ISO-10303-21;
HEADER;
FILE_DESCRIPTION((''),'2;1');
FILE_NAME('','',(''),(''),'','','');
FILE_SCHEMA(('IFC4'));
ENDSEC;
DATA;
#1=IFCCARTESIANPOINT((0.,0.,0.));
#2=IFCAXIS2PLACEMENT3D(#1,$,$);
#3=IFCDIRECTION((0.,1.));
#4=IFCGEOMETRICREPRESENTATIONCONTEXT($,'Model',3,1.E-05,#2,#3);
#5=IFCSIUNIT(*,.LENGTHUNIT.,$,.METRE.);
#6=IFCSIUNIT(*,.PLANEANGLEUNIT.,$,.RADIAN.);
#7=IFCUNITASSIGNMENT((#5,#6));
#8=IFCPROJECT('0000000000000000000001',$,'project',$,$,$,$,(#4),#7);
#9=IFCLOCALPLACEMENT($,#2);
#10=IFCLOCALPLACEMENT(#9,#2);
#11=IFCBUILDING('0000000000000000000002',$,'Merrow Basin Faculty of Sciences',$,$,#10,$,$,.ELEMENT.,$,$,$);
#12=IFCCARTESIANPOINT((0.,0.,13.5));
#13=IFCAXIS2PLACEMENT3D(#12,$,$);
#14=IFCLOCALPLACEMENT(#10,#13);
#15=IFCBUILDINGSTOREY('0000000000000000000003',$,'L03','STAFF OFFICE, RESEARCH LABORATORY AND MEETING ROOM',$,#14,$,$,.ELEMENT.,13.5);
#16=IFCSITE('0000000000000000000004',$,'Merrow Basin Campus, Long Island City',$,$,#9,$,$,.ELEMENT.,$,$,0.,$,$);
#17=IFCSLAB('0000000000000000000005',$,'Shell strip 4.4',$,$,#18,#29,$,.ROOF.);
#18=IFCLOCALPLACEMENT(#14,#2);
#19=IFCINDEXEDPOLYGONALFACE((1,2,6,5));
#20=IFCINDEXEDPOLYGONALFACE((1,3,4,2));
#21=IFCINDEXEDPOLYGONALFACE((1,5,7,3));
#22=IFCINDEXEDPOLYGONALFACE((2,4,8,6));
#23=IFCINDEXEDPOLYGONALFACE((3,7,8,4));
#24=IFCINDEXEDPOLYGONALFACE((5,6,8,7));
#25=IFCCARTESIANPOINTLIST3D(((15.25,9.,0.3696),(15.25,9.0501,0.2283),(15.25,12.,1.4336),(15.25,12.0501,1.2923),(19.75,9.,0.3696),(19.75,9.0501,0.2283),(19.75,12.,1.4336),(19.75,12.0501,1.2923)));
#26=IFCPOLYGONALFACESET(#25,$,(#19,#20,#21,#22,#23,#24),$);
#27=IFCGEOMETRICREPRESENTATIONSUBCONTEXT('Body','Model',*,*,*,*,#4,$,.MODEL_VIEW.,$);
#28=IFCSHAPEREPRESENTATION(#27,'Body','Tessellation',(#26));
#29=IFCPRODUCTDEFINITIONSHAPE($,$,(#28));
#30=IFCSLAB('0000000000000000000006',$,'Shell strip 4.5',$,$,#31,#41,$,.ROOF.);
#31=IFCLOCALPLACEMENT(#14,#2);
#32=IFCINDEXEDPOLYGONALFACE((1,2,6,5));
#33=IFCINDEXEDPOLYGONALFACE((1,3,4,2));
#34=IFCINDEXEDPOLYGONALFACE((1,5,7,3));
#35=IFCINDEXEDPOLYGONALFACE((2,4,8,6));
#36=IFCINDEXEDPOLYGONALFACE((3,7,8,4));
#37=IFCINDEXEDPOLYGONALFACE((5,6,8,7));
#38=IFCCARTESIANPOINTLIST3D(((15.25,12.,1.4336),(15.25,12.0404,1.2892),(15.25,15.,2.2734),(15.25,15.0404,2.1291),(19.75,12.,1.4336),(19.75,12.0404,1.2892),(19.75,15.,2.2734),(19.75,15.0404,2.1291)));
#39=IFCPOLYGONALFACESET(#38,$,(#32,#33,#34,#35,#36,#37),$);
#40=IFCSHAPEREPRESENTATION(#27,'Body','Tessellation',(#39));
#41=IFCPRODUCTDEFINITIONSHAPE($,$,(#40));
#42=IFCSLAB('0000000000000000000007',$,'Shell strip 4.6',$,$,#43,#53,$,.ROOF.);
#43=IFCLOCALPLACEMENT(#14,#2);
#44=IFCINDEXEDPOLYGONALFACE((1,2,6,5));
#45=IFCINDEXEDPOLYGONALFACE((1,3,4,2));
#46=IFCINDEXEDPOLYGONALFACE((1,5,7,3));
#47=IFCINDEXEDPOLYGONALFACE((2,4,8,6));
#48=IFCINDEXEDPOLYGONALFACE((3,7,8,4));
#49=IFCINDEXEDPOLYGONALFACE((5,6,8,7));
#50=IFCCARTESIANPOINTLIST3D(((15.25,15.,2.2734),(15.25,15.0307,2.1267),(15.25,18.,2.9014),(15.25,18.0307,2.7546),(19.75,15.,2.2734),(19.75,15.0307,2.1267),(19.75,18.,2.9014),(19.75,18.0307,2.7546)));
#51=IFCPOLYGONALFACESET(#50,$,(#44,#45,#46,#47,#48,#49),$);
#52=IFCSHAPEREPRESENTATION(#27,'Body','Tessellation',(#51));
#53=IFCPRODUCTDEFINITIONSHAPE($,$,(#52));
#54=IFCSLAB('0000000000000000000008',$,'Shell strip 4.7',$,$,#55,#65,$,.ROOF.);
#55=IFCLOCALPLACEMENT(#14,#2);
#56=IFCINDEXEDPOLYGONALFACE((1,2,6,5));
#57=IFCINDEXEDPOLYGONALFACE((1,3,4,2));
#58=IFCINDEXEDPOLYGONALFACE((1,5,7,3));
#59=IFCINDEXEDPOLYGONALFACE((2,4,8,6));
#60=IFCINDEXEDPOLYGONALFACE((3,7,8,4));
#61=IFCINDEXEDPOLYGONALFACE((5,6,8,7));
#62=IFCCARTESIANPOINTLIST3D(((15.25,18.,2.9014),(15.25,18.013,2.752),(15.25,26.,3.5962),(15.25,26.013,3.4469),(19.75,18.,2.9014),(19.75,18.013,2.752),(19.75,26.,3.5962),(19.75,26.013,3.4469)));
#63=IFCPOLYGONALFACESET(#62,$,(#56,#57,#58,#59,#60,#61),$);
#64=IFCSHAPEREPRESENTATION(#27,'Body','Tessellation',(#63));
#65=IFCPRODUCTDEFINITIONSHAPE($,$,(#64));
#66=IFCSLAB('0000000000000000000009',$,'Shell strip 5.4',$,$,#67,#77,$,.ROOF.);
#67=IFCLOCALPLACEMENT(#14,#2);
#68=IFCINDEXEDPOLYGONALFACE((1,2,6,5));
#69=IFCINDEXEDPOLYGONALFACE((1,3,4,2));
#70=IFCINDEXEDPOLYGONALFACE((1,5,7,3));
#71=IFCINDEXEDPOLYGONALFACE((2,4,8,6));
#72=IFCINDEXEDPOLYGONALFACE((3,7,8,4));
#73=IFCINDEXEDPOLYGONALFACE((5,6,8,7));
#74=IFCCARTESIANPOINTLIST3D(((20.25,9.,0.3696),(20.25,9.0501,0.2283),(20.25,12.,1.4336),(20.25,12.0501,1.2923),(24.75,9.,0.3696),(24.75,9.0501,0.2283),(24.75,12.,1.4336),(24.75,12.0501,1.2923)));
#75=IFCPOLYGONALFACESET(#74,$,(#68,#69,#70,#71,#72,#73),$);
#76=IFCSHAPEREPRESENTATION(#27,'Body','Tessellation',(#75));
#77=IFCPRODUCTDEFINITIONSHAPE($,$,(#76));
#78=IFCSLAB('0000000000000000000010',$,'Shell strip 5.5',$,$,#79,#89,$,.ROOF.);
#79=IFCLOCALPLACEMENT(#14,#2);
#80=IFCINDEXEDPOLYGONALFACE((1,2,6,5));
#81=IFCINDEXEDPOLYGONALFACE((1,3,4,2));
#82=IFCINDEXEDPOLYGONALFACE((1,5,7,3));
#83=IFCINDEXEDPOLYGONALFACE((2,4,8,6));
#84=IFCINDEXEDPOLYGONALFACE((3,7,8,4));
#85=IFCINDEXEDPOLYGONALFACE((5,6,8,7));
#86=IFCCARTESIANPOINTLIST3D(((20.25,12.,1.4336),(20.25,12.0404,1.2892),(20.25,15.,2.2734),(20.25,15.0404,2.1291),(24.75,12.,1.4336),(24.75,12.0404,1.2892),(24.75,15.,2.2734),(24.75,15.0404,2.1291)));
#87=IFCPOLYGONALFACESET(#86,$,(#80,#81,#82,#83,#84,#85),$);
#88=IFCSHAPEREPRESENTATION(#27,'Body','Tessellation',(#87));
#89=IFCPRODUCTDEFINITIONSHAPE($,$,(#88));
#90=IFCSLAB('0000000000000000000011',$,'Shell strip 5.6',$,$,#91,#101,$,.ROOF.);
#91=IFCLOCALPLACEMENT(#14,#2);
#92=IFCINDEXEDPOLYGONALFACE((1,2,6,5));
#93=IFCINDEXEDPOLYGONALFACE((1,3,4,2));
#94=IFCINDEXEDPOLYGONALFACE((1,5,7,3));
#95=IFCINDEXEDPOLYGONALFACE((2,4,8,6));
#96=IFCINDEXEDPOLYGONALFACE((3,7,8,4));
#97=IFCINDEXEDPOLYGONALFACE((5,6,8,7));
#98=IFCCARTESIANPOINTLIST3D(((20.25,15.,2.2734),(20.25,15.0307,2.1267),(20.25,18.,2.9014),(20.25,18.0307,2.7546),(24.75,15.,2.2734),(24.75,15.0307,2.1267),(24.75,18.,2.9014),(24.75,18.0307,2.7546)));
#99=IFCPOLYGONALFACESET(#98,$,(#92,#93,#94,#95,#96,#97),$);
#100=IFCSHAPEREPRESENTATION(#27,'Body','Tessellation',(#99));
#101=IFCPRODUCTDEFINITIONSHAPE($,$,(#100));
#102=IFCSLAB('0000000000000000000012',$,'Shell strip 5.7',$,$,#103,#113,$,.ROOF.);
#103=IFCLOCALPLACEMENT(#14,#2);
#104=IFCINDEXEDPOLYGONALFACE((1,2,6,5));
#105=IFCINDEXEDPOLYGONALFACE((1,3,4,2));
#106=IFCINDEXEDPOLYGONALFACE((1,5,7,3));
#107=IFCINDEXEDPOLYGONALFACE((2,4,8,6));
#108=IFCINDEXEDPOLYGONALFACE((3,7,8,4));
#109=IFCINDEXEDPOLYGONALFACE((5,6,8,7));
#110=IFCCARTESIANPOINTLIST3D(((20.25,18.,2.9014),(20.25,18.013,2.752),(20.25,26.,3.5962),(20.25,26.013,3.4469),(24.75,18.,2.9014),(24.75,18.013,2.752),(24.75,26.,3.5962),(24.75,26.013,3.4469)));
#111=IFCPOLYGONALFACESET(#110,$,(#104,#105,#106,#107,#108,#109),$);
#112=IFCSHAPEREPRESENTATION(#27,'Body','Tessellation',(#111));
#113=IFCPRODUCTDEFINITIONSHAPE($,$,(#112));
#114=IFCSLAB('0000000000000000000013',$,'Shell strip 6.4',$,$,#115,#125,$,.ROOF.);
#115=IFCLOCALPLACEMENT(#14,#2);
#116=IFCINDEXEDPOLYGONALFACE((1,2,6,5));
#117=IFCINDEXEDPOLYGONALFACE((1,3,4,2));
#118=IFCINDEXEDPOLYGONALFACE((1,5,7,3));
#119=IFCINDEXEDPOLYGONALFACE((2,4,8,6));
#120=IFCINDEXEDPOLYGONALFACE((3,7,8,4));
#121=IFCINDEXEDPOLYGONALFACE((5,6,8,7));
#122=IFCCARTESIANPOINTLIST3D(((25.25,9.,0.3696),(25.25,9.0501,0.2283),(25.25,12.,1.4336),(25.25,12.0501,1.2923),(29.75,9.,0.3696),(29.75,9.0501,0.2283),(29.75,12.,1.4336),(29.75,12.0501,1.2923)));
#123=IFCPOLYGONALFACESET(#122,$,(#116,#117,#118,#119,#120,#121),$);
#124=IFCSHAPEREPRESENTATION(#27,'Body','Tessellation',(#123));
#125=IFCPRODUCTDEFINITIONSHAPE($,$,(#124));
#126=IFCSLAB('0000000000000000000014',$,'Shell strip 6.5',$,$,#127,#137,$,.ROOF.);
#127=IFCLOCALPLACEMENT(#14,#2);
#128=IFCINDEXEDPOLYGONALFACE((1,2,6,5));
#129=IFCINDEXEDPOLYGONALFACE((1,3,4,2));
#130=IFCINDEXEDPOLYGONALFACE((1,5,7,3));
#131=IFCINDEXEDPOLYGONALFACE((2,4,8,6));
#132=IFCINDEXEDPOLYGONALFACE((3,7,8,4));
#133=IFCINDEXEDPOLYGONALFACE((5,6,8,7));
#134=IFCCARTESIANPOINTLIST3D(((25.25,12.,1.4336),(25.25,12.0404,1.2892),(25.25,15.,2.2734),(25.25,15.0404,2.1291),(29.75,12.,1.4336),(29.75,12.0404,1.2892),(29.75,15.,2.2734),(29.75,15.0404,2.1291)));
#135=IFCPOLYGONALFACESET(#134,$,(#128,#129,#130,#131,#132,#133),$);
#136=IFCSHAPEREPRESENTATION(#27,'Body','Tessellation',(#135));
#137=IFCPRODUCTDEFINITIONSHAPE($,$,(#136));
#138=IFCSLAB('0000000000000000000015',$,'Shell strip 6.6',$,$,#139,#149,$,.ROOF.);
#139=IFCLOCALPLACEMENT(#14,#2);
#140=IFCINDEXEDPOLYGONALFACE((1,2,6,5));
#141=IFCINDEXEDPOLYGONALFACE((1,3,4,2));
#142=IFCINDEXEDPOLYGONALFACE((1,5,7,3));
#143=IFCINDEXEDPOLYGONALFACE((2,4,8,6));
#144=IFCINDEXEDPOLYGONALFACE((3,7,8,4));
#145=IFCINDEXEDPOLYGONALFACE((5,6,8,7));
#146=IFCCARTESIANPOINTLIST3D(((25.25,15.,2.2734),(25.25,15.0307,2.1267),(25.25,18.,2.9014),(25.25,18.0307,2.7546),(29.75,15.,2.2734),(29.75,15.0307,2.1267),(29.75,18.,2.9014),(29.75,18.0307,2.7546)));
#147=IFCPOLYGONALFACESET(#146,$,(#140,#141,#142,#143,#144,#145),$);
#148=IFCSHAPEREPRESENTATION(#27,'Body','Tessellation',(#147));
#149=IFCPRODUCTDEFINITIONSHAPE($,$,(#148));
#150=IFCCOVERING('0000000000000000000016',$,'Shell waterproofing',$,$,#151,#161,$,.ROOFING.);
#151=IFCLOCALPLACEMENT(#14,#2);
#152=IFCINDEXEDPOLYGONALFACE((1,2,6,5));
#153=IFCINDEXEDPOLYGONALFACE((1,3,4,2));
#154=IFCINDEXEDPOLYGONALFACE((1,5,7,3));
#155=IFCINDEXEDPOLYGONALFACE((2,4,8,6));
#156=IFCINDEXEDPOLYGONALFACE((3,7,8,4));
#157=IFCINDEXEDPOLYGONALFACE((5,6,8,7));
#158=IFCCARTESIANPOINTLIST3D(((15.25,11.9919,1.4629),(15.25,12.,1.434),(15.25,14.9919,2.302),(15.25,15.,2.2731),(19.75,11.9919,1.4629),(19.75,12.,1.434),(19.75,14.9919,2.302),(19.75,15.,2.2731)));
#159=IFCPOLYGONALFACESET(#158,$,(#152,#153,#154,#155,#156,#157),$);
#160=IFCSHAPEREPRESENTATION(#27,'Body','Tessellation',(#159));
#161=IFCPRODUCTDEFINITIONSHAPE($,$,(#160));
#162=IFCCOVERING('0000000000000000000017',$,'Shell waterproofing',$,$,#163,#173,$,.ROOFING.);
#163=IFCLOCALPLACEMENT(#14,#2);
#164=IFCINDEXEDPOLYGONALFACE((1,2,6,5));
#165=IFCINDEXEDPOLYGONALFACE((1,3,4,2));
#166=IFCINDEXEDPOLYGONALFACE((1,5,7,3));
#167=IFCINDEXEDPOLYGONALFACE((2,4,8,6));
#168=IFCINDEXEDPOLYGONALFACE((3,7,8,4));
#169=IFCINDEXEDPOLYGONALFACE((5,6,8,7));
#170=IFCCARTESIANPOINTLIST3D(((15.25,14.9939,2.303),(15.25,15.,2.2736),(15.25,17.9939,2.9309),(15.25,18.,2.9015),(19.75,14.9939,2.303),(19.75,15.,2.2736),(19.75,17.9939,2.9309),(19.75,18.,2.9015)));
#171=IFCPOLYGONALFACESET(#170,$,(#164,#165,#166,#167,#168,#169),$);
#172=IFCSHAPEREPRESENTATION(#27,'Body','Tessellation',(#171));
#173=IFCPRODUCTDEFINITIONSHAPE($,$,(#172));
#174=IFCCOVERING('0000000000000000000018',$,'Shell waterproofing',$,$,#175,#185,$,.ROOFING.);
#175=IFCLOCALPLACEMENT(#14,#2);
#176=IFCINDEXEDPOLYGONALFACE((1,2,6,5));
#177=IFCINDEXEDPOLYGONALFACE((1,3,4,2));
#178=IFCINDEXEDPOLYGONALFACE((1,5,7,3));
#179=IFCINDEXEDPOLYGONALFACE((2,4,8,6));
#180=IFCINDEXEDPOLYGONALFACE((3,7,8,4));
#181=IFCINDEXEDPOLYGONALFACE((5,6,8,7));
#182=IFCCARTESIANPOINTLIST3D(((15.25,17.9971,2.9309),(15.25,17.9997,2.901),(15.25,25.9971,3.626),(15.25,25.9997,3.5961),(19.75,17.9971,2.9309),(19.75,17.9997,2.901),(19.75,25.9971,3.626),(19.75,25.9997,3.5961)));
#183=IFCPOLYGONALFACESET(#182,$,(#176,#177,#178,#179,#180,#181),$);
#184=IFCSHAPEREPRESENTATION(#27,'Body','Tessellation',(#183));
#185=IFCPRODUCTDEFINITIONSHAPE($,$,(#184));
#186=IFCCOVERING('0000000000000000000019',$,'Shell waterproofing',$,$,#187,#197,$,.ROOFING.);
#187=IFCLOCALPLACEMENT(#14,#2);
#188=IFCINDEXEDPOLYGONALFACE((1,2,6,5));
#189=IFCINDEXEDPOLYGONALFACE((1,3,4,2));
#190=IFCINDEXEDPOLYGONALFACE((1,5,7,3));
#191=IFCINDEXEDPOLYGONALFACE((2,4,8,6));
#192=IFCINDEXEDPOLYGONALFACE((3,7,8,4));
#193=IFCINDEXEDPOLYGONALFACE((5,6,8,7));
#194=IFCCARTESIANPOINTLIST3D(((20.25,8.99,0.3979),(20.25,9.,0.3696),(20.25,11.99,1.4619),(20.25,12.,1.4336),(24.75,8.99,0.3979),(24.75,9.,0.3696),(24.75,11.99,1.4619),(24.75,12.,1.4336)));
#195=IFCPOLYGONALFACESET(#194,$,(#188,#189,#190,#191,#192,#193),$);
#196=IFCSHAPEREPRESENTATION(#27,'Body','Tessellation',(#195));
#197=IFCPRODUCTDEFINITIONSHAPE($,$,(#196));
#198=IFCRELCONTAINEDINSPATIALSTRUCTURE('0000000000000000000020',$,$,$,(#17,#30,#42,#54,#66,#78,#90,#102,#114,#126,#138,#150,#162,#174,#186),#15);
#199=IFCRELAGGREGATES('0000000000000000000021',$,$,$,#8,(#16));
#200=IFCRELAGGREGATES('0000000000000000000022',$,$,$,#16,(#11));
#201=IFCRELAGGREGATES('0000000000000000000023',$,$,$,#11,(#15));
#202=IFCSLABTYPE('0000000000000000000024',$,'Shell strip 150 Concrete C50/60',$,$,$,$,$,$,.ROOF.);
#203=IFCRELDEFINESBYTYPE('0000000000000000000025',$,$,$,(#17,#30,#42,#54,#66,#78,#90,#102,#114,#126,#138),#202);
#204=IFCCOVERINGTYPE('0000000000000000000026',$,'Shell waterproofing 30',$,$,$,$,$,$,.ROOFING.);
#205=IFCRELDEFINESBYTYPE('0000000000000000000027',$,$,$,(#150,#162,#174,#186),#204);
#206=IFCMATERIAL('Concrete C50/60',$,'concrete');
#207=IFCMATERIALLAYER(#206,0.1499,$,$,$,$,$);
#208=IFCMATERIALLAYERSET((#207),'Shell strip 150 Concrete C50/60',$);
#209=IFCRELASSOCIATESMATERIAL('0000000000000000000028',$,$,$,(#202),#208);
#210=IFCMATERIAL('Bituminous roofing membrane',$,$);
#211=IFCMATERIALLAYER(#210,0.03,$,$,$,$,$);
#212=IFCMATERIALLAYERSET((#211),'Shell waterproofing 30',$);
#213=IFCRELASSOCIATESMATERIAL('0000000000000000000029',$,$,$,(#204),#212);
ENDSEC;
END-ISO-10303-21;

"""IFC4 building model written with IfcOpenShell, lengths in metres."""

from ifc_helpers import new_model, si_unit, direction, frame, origin, place, context, subcontext, project, spatial, polyline, outline, extrude, material, layer, layer_set, type_object, element, save


model = new_model("IFC4")

# Units and contexts
model_context = context("Model", 3, precision=1e-05, world=origin(), true_north=direction((0.0, 1.0)))
body_context = subcontext(model_context, "Body", "Model", "MODEL_VIEW")
ifc_project = project(units=[si_unit("LENGTHUNIT", "METRE"), si_unit("PLANEANGLEUNIT", "RADIAN")], contexts=[model_context])

# Site, building, storey
site_placement = place(None, origin())
site = spatial("IfcSite", under=ifc_project, at=site_placement, Name="Merrow Basin Campus, Long Island City", CompositionType="ELEMENT", RefElevation=0.0)
building_placement = place(site_placement, origin())
building = spatial("IfcBuilding", under=site, at=building_placement, Name="Merrow Basin Faculty of Sciences", CompositionType="ELEMENT")
storey_placement = place(building_placement, frame((0.0, 0.0, 13.5)))
storey = spatial("IfcBuildingStorey", under=building, at=storey_placement, Name="L03", Description="STAFF OFFICE, RESEARCH LABORATORY AND MEETING ROOM", CompositionType="ELEMENT", Elevation=13.5)

# Slabs
ifc_material_1 = material(Name="Concrete C50/60", Category="concrete")
ifc_layer_1 = layer(ifc_material_1, 0.1499)
ifc_layer_set_1 = layer_set([ifc_layer_1], Name="Shell strip 150 Concrete C50/60")
slab_type = type_object("IfcSlabType", Name="Shell strip 150 Concrete C50/60", PredefinedType="ROOF", material=ifc_layer_set_1)
slab_1_placement = place(storey_placement, frame((15.25, 9.0, 0.3696), z_axis=(0.0, -0.334256, 0.942482), x_axis=(1.0, 0.0, 0.0)))
element("IfcSlab", 1, at=slab_1_placement, inside=storey, type_object=slab_type, Name="Shell strip 4.4", PredefinedType="ROOF", context=body_context, shape_type="SweptSolid", body=[
    extrude(outline(polyline([(0.0, 0.0), (4.5, 0.0), (4.5, 3.1831), (0.0, 3.1831), (0.0, 0.0)])), origin(), (0.0, 0.0, -1.0), 0.1499),
])
slab_2_placement = place(storey_placement, frame((15.25, 12.0, 1.4336), z_axis=(0.0, -0.269583, 0.962977), x_axis=(1.0, 0.0, 0.0)))
element("IfcSlab", 2, at=slab_2_placement, inside=storey, type_object=slab_type, Name="Shell strip 4.5", PredefinedType="ROOF", context=body_context, shape_type="SweptSolid", body=[
    extrude(outline(polyline([(0.0, 0.0), (4.5, 0.0), (4.5, 3.1153), (0.0, 3.1153), (0.0, 0.0)])), origin(), (0.0, 0.0, -1.0), 0.1499),
])
slab_3_placement = place(storey_placement, frame((15.25, 15.0, 2.2734), z_axis=(0.0, -0.20487, 0.978789), x_axis=(1.0, 0.0, 0.0)))
element("IfcSlab", 3, at=slab_3_placement, inside=storey, type_object=slab_type, Name="Shell strip 4.6", PredefinedType="ROOF", context=body_context, shape_type="SweptSolid", body=[
    extrude(outline(polyline([(0.0, 0.0), (4.5, 0.0), (4.5, 3.065), (0.0, 3.065), (0.0, 0.0)])), origin(), (0.0, 0.0, -1.0), 0.1499),
])
slab_4_placement = place(storey_placement, frame((15.25, 18.0, 2.9014), z_axis=(0.0, -0.086527, 0.996249), x_axis=(1.0, 0.0, 0.0)))
element("IfcSlab", 4, at=slab_4_placement, inside=storey, type_object=slab_type, Name="Shell strip 4.7", PredefinedType="ROOF", context=body_context, shape_type="SweptSolid", body=[
    extrude(outline(polyline([(0.0, 0.0), (4.5, 0.0), (4.5, 8.0301), (0.0, 8.0301), (0.0, 0.0)])), origin(), (0.0, 0.0, -1.0), 0.1499),
])
slab_5_placement = place(storey_placement, frame((20.25, 9.0, 0.3696), z_axis=(0.0, -0.334256, 0.942482), x_axis=(1.0, 0.0, 0.0)))
element("IfcSlab", 5, at=slab_5_placement, inside=storey, type_object=slab_type, Name="Shell strip 5.4", PredefinedType="ROOF", context=body_context, shape_type="SweptSolid", body=[
    extrude(outline(polyline([(0.0, 0.0), (4.5, 0.0), (4.5, 3.1831), (0.0, 3.1831), (0.0, 0.0)])), origin(), (0.0, 0.0, -1.0), 0.1499),
])
slab_6_placement = place(storey_placement, frame((20.25, 12.0, 1.4336), z_axis=(0.0, -0.269583, 0.962977), x_axis=(1.0, 0.0, 0.0)))
element("IfcSlab", 6, at=slab_6_placement, inside=storey, type_object=slab_type, Name="Shell strip 5.5", PredefinedType="ROOF", context=body_context, shape_type="SweptSolid", body=[
    extrude(outline(polyline([(0.0, 0.0), (4.5, 0.0), (4.5, 3.1153), (0.0, 3.1153), (0.0, 0.0)])), origin(), (0.0, 0.0, -1.0), 0.1499),
])
slab_7_placement = place(storey_placement, frame((20.25, 15.0, 2.2734), z_axis=(0.0, -0.20487, 0.978789), x_axis=(1.0, 0.0, 0.0)))
element("IfcSlab", 7, at=slab_7_placement, inside=storey, type_object=slab_type, Name="Shell strip 5.6", PredefinedType="ROOF", context=body_context, shape_type="SweptSolid", body=[
    extrude(outline(polyline([(0.0, 0.0), (4.5, 0.0), (4.5, 3.065), (0.0, 3.065), (0.0, 0.0)])), origin(), (0.0, 0.0, -1.0), 0.1499),
])
slab_8_placement = place(storey_placement, frame((20.25, 18.0, 2.9014), z_axis=(0.0, -0.086527, 0.996249), x_axis=(1.0, 0.0, 0.0)))
element("IfcSlab", 8, at=slab_8_placement, inside=storey, type_object=slab_type, Name="Shell strip 5.7", PredefinedType="ROOF", context=body_context, shape_type="SweptSolid", body=[
    extrude(outline(polyline([(0.0, 0.0), (4.5, 0.0), (4.5, 8.0301), (0.0, 8.0301), (0.0, 0.0)])), origin(), (0.0, 0.0, -1.0), 0.1499),
])
slab_9_placement = place(storey_placement, frame((25.25, 9.0, 0.3696), z_axis=(0.0, -0.334256, 0.942482), x_axis=(1.0, 0.0, 0.0)))
element("IfcSlab", 9, at=slab_9_placement, inside=storey, type_object=slab_type, Name="Shell strip 6.4", PredefinedType="ROOF", context=body_context, shape_type="SweptSolid", body=[
    extrude(outline(polyline([(0.0, 0.0), (4.5, 0.0), (4.5, 3.1831), (0.0, 3.1831), (0.0, 0.0)])), origin(), (0.0, 0.0, -1.0), 0.1499),
])
slab_10_placement = place(storey_placement, frame((25.25, 12.0, 1.4336), z_axis=(0.0, -0.269583, 0.962977), x_axis=(1.0, 0.0, 0.0)))
element("IfcSlab", 10, at=slab_10_placement, inside=storey, type_object=slab_type, Name="Shell strip 6.5", PredefinedType="ROOF", context=body_context, shape_type="SweptSolid", body=[
    extrude(outline(polyline([(0.0, 0.0), (4.5, 0.0), (4.5, 3.1153), (0.0, 3.1153), (0.0, 0.0)])), origin(), (0.0, 0.0, -1.0), 0.1499),
])
slab_11_placement = place(storey_placement, frame((25.25, 15.0, 2.2734), z_axis=(0.0, -0.20487, 0.978789), x_axis=(1.0, 0.0, 0.0)))
element("IfcSlab", 11, at=slab_11_placement, inside=storey, type_object=slab_type, Name="Shell strip 6.6", PredefinedType="ROOF", context=body_context, shape_type="SweptSolid", body=[
    extrude(outline(polyline([(0.0, 0.0), (4.5, 0.0), (4.5, 3.065), (0.0, 3.065), (0.0, 0.0)])), origin(), (0.0, 0.0, -1.0), 0.1499),
])

# Coverings
ifc_material_2 = material(Name="Bituminous roofing membrane")
ifc_layer_2 = layer(ifc_material_2, 0.03)
ifc_layer_set_2 = layer_set([ifc_layer_2], Name="Shell waterproofing 30")
covering_type = type_object("IfcCoveringType", Name="Shell waterproofing 30", PredefinedType="ROOFING", material=ifc_layer_set_2)
covering_1_placement = place(storey_placement, frame((15.25, 11.9919, 1.4629), z_axis=(0.0, -0.269365, 0.963038), x_axis=(1.0, 0.0, 0.0)))
element("IfcCovering", 12, at=covering_1_placement, inside=storey, type_object=covering_type, Name="Shell waterproofing", PredefinedType="ROOFING", context=body_context, shape_type="SweptSolid", body=[
    extrude(outline(polyline([(0.0, 0.0), (4.5, 0.0), (4.5, 3.1151), (0.0, 3.1151), (0.0, 0.0)])), origin(), (0.0, 0.0, -1.0), 0.03),
])
covering_2_placement = place(storey_placement, frame((15.25, 14.9939, 2.303), z_axis=(0.0, -0.20487, 0.978789), x_axis=(1.0, 0.0, 0.0)))
element("IfcCovering", 13, at=covering_2_placement, inside=storey, type_object=covering_type, Name="Shell waterproofing", PredefinedType="ROOFING", context=body_context, shape_type="SweptSolid", body=[
    extrude(outline(polyline([(0.0, 0.0), (4.5, 0.0), (4.5, 3.065), (0.0, 3.065), (0.0, 0.0)])), origin(), (0.0, 0.0, -1.0), 0.03),
])
covering_3_placement = place(storey_placement, frame((15.25, 17.9971, 2.9309), z_axis=(0.0, -0.086557, 0.996247), x_axis=(1.0, 0.0, 0.0)))
element("IfcCovering", 14, at=covering_3_placement, inside=storey, type_object=covering_type, Name="Shell waterproofing", PredefinedType="ROOFING", context=body_context, shape_type="SweptSolid", body=[
    extrude(outline(polyline([(0.0, 0.0), (4.5, 0.0), (4.5, 8.0301), (0.0, 8.0301), (0.0, 0.0)])), origin(), (0.0, 0.0, -1.0), 0.03),
])
covering_4_placement = place(storey_placement, frame((20.25, 8.99, 0.3979), z_axis=(0.0, -0.334256, 0.942482), x_axis=(1.0, 0.0, 0.0)))
element("IfcCovering", 15, at=covering_4_placement, inside=storey, type_object=covering_type, Name="Shell waterproofing", PredefinedType="ROOFING", context=body_context, shape_type="SweptSolid", body=[
    extrude(outline(polyline([(0.0, 0.0), (4.5, 0.0), (4.5, 3.1831), (0.0, 3.1831), (0.0, 0.0)])), origin(), (0.0, 0.0, -1.0), 0.03),
])

save(model, "model.ifc")
